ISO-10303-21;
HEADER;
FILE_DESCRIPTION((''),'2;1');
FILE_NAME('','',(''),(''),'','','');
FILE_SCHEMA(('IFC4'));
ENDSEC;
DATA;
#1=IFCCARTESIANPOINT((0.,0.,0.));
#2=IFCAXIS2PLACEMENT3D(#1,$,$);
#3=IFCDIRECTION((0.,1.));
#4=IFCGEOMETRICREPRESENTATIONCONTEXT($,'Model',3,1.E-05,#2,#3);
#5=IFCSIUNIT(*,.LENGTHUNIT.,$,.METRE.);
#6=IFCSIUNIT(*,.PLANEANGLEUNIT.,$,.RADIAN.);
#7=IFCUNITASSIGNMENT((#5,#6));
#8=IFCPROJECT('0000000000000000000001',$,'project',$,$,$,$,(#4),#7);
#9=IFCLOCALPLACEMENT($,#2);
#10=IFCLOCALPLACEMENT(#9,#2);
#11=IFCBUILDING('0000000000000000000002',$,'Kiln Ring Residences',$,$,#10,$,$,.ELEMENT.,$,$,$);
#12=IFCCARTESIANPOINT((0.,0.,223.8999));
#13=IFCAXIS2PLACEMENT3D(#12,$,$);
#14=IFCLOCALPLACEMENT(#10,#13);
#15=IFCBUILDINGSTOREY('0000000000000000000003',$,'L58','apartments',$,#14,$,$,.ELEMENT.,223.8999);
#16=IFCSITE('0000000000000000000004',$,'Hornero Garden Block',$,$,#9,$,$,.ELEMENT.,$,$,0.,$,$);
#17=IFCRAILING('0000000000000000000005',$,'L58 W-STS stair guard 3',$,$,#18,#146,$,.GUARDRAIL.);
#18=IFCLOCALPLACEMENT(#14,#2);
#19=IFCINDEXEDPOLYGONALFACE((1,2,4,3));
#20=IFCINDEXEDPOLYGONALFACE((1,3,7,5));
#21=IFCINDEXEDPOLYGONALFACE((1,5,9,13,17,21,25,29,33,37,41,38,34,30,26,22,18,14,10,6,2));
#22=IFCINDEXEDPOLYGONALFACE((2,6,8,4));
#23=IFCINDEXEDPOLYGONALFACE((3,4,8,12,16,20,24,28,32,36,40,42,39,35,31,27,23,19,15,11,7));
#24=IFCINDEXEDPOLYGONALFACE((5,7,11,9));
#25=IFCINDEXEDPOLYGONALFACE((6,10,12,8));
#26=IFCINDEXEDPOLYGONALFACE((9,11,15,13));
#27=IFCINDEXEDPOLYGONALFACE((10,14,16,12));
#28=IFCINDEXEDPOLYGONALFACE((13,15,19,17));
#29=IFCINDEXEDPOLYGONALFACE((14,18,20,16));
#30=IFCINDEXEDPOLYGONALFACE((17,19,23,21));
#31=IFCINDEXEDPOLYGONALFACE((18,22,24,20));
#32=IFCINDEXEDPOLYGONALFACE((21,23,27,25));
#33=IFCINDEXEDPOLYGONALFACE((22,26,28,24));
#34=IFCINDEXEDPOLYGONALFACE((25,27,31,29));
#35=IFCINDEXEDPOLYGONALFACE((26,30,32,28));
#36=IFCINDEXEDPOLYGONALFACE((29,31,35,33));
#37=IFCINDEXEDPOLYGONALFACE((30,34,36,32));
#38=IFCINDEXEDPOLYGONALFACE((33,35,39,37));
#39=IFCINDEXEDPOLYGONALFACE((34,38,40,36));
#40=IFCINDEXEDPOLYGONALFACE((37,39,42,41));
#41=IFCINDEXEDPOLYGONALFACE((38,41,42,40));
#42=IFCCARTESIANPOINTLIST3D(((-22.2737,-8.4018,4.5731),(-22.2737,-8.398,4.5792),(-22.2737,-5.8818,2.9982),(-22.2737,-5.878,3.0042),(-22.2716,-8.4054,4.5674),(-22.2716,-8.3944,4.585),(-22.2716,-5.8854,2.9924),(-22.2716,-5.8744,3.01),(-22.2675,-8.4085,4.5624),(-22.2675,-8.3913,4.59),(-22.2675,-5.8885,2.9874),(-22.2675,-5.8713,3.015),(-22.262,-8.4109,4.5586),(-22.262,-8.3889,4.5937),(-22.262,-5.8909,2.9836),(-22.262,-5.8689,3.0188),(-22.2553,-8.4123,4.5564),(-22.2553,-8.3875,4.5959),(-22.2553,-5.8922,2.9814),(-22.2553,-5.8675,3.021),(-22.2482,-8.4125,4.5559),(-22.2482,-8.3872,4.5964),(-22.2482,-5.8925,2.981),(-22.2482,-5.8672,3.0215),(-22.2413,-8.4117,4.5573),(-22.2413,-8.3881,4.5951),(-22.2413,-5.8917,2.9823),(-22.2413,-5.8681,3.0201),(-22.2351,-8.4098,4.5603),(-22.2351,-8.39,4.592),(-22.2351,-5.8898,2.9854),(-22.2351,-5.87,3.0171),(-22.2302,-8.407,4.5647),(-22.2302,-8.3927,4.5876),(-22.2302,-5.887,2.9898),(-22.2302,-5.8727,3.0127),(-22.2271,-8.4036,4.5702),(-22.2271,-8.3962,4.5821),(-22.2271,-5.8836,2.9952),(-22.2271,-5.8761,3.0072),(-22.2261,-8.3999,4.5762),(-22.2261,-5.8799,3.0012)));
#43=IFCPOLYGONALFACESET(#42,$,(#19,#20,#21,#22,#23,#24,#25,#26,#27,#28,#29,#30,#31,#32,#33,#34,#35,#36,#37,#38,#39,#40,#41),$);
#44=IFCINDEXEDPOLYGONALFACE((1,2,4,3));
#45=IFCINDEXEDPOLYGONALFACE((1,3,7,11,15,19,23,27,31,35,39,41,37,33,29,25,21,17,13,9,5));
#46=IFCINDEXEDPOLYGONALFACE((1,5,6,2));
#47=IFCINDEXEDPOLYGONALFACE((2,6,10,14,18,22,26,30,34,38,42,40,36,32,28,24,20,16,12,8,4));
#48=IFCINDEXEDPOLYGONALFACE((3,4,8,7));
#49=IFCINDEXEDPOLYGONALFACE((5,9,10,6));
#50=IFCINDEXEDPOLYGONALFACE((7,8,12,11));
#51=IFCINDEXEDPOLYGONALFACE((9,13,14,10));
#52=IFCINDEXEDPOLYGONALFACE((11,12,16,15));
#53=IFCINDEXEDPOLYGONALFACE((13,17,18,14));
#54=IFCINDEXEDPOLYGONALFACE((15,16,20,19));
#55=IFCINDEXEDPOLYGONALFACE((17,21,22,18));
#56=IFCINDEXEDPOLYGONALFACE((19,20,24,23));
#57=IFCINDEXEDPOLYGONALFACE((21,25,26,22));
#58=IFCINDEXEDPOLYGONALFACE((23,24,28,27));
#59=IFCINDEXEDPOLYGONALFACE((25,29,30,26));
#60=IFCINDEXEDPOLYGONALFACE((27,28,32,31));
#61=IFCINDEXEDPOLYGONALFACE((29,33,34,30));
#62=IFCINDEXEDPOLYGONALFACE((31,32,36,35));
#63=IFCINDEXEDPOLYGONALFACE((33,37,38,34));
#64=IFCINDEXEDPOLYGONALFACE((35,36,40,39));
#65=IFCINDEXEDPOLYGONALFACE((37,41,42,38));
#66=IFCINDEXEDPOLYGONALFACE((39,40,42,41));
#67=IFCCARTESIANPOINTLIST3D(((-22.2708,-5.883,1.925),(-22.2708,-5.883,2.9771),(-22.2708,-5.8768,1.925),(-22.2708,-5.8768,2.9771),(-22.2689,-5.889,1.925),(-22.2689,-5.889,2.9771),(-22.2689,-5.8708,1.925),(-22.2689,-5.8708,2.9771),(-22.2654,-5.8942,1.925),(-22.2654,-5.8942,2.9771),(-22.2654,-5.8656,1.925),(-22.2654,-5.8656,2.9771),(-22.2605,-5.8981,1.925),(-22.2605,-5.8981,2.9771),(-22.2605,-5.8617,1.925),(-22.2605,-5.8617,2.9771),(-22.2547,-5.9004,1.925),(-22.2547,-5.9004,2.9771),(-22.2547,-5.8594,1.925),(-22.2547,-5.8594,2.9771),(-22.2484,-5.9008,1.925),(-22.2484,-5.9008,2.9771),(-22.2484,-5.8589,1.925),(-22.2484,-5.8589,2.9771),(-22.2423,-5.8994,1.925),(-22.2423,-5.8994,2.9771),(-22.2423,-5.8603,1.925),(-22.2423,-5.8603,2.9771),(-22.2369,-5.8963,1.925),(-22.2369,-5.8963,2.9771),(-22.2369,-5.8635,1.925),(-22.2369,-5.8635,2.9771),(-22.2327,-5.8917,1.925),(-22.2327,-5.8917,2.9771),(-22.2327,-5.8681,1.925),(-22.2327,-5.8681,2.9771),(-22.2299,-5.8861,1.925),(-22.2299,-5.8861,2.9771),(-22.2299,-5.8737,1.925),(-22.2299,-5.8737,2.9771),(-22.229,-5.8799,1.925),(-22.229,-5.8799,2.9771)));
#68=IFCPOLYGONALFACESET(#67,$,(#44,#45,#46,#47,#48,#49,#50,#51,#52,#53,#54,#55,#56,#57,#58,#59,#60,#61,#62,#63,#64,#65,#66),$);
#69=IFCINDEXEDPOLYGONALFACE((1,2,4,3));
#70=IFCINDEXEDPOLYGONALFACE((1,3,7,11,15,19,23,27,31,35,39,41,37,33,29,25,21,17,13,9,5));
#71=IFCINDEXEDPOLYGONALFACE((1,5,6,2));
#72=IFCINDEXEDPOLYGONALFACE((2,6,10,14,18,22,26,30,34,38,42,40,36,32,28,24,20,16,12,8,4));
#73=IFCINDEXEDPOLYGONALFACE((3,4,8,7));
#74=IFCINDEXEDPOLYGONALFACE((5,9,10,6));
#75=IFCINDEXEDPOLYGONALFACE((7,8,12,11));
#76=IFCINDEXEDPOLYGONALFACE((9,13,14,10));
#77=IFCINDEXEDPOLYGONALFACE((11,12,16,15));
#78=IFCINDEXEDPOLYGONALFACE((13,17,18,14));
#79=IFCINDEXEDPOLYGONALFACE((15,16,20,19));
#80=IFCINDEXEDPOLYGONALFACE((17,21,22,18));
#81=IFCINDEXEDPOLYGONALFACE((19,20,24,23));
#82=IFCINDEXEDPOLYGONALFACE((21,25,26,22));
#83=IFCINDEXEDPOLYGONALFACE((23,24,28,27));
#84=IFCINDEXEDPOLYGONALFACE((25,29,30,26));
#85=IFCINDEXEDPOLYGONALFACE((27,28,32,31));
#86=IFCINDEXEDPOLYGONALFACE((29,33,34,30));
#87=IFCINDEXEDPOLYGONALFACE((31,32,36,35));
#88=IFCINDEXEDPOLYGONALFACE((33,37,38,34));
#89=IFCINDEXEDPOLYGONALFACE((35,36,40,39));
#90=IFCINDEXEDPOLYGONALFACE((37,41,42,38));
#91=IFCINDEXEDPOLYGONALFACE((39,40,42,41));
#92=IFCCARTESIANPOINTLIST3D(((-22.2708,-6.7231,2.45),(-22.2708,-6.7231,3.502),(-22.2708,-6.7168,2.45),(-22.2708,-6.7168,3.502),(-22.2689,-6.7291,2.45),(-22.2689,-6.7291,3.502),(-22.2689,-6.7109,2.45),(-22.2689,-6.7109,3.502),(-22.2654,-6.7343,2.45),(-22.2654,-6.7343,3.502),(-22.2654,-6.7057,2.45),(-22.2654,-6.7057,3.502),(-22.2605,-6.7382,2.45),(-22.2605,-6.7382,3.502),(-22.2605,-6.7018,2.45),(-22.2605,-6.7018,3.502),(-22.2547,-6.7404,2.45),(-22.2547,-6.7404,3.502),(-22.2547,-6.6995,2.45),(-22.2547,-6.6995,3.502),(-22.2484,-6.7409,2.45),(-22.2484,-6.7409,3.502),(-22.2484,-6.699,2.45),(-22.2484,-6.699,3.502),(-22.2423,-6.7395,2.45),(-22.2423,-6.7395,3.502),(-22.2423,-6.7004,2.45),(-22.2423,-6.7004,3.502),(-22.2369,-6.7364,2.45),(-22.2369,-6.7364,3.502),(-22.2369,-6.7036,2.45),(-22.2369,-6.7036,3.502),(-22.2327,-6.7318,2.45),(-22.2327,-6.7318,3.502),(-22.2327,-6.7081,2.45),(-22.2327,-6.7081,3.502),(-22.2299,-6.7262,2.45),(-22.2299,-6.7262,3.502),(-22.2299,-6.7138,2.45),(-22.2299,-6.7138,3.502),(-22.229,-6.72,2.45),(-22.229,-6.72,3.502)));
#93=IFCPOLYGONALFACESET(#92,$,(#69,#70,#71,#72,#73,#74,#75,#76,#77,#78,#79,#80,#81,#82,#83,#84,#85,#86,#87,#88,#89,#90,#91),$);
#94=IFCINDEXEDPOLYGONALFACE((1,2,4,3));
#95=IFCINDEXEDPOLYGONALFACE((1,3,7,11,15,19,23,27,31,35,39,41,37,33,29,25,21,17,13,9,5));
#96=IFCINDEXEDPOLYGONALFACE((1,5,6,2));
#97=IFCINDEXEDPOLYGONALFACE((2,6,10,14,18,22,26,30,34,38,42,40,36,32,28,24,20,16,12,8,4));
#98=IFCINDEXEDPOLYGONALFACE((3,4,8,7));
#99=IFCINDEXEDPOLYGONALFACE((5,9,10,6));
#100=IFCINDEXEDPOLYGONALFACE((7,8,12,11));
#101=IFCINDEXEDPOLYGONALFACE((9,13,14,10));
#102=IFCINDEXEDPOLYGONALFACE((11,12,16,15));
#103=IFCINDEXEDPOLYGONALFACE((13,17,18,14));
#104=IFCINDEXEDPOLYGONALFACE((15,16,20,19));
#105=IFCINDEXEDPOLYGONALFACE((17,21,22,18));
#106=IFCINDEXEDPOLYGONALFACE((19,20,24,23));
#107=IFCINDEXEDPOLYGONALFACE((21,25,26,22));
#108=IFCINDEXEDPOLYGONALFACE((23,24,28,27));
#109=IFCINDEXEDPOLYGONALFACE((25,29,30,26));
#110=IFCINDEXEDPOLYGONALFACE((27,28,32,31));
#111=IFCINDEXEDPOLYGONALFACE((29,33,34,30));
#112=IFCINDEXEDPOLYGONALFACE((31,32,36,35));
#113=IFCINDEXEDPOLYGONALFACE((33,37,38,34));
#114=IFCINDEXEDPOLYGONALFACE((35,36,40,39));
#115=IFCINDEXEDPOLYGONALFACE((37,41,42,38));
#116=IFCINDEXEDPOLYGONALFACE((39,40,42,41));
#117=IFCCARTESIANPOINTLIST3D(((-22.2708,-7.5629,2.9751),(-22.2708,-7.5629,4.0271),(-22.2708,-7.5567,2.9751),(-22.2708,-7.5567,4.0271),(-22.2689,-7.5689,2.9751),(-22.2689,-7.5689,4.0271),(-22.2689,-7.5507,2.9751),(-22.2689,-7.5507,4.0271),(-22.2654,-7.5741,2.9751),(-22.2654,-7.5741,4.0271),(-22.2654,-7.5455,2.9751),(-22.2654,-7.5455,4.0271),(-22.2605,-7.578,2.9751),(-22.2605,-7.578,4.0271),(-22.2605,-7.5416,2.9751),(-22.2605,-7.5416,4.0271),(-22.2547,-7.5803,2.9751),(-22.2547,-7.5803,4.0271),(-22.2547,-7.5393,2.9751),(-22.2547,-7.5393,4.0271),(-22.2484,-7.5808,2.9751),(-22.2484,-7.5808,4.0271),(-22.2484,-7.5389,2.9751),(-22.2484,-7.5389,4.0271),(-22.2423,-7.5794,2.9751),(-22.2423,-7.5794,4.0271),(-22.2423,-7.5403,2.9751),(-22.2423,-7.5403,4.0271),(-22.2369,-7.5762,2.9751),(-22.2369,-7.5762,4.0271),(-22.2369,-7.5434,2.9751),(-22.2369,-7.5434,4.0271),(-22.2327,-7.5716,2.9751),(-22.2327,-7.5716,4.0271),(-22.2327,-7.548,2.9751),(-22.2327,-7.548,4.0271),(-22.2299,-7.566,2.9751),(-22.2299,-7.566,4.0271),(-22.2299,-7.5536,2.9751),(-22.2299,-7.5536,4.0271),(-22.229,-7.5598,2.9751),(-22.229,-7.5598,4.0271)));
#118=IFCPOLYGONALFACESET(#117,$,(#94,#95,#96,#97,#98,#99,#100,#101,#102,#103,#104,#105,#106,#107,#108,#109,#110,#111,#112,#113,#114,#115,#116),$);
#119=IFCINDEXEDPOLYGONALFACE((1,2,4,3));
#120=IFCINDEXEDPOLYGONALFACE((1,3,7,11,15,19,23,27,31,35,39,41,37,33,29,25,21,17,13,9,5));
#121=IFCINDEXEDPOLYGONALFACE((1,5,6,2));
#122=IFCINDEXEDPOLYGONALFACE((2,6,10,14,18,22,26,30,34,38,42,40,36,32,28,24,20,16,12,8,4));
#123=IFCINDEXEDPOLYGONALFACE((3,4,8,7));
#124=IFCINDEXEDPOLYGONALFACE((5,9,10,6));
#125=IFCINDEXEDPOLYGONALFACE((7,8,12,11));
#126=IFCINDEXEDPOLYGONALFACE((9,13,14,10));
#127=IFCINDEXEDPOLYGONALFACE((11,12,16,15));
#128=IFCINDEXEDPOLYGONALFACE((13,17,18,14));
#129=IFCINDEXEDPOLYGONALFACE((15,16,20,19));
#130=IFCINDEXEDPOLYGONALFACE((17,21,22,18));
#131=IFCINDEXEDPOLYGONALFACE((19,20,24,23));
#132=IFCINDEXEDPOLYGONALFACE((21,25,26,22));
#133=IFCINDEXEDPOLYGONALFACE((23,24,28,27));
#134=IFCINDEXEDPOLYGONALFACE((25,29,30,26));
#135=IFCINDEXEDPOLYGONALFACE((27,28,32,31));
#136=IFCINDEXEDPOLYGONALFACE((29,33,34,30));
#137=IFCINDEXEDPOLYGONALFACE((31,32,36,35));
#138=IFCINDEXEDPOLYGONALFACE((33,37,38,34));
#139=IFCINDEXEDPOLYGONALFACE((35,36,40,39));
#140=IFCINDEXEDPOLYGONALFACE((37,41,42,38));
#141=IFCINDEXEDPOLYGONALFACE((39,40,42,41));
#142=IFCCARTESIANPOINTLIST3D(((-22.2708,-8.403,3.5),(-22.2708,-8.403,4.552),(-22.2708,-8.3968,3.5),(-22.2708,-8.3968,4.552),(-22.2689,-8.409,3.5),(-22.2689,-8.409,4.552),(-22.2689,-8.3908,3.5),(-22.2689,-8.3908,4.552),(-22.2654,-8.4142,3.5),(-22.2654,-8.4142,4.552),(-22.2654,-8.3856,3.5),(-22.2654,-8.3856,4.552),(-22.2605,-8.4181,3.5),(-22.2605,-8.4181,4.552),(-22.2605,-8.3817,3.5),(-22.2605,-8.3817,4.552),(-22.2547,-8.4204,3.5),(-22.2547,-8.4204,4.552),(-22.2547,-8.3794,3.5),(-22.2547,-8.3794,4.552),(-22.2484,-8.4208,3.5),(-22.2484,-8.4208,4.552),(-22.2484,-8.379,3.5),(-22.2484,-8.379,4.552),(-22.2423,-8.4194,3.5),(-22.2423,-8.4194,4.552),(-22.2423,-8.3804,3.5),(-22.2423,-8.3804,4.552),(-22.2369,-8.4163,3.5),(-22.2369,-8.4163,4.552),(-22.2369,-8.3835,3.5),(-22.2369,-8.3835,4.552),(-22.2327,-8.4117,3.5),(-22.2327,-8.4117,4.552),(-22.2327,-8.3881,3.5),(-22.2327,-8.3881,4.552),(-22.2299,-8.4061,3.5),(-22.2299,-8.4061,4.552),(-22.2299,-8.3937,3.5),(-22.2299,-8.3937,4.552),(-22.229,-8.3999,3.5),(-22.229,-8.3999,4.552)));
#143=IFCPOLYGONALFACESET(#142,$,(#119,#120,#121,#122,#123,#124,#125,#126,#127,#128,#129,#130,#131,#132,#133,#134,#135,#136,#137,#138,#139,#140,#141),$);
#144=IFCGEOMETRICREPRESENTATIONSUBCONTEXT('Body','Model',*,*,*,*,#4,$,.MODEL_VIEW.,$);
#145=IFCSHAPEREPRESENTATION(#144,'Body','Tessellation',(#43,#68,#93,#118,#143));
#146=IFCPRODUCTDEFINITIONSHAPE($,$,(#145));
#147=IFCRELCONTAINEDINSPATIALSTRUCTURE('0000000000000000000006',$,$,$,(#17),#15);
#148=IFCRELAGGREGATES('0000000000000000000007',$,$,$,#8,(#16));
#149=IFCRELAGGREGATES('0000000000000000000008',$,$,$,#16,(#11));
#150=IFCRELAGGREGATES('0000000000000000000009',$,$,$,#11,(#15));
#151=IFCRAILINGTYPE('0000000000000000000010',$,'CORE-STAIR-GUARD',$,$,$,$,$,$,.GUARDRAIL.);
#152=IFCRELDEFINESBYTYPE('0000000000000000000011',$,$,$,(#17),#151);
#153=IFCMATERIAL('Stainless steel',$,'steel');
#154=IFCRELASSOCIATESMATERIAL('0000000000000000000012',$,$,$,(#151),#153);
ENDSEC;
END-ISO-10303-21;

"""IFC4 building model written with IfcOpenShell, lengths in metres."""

from ifc_helpers import new_model, si_unit, direction, frame, origin, origin_2d, place, context, subcontext, project, spatial, circle, extrude, material, type_object, element, save


model = new_model("IFC4")

# Units and contexts
model_context = context("Model", 3, precision=1e-05, world=origin(), true_north=direction((0.0, 1.0)))
body_context = subcontext(model_context, "Body", "Model", "MODEL_VIEW")
ifc_project = project(units=[si_unit("LENGTHUNIT", "METRE"), si_unit("PLANEANGLEUNIT", "RADIAN")], contexts=[model_context])

# Site, building, storey
site_placement = place(None, origin())
site = spatial("IfcSite", under=ifc_project, at=site_placement, Name="Hornero Garden Block", CompositionType="ELEMENT", RefElevation=0.0)
building_placement = place(site_placement, origin())
building = spatial("IfcBuilding", under=site, at=building_placement, Name="Kiln Ring Residences", CompositionType="ELEMENT")
storey_placement = place(building_placement, frame((0.0, 0.0, 223.8999)))
storey = spatial("IfcBuildingStorey", under=building, at=storey_placement, Name="L58", Description="apartments", CompositionType="ELEMENT", Elevation=223.8999)

# Railing
ifc_material_1 = material(Name="Stainless steel", Category="steel")
railing_type_1 = type_object("IfcRailingType", Name="CORE-STAIR-GUARD", PredefinedType="GUARDRAIL", material=ifc_material_1)
railing_1_placement = place(storey_placement, frame((-22.25, -5.8799, 1.925)))
element("IfcRailing", 1, at=railing_1_placement, inside=storey, type_object=railing_type_1, Name="L58 W-STS stair guard 3", PredefinedType="GUARDRAIL", context=body_context, shape_type="SweptSolid", body=[
    extrude(circle(Radius=0.0239, at=origin_2d()), frame((0.0, 0.0, 1.0762), z_axis=(0.0, -0.848008, 0.529984), x_axis=(1.0, 0.0, 0.0)), (0.0, 0.0, 1.0), 2.9717),
    extrude(circle(Radius=0.021, at=origin_2d()), origin(), (0.0, 0.0, 1.0), 1.052),
    extrude(circle(Radius=0.021, at=origin_2d()), frame((0.0, -0.8401, 0.5249)), (0.0, 0.0, 1.0), 1.052),
    extrude(circle(Radius=0.021, at=origin_2d()), frame((0.0, -1.6799, 1.05)), (0.0, 0.0, 1.0), 1.052),
    extrude(circle(Radius=0.021, at=origin_2d()), frame((0.0, -2.52, 1.575)), (0.0, 0.0, 1.0), 1.052),
])

save(model, "model.ifc")
